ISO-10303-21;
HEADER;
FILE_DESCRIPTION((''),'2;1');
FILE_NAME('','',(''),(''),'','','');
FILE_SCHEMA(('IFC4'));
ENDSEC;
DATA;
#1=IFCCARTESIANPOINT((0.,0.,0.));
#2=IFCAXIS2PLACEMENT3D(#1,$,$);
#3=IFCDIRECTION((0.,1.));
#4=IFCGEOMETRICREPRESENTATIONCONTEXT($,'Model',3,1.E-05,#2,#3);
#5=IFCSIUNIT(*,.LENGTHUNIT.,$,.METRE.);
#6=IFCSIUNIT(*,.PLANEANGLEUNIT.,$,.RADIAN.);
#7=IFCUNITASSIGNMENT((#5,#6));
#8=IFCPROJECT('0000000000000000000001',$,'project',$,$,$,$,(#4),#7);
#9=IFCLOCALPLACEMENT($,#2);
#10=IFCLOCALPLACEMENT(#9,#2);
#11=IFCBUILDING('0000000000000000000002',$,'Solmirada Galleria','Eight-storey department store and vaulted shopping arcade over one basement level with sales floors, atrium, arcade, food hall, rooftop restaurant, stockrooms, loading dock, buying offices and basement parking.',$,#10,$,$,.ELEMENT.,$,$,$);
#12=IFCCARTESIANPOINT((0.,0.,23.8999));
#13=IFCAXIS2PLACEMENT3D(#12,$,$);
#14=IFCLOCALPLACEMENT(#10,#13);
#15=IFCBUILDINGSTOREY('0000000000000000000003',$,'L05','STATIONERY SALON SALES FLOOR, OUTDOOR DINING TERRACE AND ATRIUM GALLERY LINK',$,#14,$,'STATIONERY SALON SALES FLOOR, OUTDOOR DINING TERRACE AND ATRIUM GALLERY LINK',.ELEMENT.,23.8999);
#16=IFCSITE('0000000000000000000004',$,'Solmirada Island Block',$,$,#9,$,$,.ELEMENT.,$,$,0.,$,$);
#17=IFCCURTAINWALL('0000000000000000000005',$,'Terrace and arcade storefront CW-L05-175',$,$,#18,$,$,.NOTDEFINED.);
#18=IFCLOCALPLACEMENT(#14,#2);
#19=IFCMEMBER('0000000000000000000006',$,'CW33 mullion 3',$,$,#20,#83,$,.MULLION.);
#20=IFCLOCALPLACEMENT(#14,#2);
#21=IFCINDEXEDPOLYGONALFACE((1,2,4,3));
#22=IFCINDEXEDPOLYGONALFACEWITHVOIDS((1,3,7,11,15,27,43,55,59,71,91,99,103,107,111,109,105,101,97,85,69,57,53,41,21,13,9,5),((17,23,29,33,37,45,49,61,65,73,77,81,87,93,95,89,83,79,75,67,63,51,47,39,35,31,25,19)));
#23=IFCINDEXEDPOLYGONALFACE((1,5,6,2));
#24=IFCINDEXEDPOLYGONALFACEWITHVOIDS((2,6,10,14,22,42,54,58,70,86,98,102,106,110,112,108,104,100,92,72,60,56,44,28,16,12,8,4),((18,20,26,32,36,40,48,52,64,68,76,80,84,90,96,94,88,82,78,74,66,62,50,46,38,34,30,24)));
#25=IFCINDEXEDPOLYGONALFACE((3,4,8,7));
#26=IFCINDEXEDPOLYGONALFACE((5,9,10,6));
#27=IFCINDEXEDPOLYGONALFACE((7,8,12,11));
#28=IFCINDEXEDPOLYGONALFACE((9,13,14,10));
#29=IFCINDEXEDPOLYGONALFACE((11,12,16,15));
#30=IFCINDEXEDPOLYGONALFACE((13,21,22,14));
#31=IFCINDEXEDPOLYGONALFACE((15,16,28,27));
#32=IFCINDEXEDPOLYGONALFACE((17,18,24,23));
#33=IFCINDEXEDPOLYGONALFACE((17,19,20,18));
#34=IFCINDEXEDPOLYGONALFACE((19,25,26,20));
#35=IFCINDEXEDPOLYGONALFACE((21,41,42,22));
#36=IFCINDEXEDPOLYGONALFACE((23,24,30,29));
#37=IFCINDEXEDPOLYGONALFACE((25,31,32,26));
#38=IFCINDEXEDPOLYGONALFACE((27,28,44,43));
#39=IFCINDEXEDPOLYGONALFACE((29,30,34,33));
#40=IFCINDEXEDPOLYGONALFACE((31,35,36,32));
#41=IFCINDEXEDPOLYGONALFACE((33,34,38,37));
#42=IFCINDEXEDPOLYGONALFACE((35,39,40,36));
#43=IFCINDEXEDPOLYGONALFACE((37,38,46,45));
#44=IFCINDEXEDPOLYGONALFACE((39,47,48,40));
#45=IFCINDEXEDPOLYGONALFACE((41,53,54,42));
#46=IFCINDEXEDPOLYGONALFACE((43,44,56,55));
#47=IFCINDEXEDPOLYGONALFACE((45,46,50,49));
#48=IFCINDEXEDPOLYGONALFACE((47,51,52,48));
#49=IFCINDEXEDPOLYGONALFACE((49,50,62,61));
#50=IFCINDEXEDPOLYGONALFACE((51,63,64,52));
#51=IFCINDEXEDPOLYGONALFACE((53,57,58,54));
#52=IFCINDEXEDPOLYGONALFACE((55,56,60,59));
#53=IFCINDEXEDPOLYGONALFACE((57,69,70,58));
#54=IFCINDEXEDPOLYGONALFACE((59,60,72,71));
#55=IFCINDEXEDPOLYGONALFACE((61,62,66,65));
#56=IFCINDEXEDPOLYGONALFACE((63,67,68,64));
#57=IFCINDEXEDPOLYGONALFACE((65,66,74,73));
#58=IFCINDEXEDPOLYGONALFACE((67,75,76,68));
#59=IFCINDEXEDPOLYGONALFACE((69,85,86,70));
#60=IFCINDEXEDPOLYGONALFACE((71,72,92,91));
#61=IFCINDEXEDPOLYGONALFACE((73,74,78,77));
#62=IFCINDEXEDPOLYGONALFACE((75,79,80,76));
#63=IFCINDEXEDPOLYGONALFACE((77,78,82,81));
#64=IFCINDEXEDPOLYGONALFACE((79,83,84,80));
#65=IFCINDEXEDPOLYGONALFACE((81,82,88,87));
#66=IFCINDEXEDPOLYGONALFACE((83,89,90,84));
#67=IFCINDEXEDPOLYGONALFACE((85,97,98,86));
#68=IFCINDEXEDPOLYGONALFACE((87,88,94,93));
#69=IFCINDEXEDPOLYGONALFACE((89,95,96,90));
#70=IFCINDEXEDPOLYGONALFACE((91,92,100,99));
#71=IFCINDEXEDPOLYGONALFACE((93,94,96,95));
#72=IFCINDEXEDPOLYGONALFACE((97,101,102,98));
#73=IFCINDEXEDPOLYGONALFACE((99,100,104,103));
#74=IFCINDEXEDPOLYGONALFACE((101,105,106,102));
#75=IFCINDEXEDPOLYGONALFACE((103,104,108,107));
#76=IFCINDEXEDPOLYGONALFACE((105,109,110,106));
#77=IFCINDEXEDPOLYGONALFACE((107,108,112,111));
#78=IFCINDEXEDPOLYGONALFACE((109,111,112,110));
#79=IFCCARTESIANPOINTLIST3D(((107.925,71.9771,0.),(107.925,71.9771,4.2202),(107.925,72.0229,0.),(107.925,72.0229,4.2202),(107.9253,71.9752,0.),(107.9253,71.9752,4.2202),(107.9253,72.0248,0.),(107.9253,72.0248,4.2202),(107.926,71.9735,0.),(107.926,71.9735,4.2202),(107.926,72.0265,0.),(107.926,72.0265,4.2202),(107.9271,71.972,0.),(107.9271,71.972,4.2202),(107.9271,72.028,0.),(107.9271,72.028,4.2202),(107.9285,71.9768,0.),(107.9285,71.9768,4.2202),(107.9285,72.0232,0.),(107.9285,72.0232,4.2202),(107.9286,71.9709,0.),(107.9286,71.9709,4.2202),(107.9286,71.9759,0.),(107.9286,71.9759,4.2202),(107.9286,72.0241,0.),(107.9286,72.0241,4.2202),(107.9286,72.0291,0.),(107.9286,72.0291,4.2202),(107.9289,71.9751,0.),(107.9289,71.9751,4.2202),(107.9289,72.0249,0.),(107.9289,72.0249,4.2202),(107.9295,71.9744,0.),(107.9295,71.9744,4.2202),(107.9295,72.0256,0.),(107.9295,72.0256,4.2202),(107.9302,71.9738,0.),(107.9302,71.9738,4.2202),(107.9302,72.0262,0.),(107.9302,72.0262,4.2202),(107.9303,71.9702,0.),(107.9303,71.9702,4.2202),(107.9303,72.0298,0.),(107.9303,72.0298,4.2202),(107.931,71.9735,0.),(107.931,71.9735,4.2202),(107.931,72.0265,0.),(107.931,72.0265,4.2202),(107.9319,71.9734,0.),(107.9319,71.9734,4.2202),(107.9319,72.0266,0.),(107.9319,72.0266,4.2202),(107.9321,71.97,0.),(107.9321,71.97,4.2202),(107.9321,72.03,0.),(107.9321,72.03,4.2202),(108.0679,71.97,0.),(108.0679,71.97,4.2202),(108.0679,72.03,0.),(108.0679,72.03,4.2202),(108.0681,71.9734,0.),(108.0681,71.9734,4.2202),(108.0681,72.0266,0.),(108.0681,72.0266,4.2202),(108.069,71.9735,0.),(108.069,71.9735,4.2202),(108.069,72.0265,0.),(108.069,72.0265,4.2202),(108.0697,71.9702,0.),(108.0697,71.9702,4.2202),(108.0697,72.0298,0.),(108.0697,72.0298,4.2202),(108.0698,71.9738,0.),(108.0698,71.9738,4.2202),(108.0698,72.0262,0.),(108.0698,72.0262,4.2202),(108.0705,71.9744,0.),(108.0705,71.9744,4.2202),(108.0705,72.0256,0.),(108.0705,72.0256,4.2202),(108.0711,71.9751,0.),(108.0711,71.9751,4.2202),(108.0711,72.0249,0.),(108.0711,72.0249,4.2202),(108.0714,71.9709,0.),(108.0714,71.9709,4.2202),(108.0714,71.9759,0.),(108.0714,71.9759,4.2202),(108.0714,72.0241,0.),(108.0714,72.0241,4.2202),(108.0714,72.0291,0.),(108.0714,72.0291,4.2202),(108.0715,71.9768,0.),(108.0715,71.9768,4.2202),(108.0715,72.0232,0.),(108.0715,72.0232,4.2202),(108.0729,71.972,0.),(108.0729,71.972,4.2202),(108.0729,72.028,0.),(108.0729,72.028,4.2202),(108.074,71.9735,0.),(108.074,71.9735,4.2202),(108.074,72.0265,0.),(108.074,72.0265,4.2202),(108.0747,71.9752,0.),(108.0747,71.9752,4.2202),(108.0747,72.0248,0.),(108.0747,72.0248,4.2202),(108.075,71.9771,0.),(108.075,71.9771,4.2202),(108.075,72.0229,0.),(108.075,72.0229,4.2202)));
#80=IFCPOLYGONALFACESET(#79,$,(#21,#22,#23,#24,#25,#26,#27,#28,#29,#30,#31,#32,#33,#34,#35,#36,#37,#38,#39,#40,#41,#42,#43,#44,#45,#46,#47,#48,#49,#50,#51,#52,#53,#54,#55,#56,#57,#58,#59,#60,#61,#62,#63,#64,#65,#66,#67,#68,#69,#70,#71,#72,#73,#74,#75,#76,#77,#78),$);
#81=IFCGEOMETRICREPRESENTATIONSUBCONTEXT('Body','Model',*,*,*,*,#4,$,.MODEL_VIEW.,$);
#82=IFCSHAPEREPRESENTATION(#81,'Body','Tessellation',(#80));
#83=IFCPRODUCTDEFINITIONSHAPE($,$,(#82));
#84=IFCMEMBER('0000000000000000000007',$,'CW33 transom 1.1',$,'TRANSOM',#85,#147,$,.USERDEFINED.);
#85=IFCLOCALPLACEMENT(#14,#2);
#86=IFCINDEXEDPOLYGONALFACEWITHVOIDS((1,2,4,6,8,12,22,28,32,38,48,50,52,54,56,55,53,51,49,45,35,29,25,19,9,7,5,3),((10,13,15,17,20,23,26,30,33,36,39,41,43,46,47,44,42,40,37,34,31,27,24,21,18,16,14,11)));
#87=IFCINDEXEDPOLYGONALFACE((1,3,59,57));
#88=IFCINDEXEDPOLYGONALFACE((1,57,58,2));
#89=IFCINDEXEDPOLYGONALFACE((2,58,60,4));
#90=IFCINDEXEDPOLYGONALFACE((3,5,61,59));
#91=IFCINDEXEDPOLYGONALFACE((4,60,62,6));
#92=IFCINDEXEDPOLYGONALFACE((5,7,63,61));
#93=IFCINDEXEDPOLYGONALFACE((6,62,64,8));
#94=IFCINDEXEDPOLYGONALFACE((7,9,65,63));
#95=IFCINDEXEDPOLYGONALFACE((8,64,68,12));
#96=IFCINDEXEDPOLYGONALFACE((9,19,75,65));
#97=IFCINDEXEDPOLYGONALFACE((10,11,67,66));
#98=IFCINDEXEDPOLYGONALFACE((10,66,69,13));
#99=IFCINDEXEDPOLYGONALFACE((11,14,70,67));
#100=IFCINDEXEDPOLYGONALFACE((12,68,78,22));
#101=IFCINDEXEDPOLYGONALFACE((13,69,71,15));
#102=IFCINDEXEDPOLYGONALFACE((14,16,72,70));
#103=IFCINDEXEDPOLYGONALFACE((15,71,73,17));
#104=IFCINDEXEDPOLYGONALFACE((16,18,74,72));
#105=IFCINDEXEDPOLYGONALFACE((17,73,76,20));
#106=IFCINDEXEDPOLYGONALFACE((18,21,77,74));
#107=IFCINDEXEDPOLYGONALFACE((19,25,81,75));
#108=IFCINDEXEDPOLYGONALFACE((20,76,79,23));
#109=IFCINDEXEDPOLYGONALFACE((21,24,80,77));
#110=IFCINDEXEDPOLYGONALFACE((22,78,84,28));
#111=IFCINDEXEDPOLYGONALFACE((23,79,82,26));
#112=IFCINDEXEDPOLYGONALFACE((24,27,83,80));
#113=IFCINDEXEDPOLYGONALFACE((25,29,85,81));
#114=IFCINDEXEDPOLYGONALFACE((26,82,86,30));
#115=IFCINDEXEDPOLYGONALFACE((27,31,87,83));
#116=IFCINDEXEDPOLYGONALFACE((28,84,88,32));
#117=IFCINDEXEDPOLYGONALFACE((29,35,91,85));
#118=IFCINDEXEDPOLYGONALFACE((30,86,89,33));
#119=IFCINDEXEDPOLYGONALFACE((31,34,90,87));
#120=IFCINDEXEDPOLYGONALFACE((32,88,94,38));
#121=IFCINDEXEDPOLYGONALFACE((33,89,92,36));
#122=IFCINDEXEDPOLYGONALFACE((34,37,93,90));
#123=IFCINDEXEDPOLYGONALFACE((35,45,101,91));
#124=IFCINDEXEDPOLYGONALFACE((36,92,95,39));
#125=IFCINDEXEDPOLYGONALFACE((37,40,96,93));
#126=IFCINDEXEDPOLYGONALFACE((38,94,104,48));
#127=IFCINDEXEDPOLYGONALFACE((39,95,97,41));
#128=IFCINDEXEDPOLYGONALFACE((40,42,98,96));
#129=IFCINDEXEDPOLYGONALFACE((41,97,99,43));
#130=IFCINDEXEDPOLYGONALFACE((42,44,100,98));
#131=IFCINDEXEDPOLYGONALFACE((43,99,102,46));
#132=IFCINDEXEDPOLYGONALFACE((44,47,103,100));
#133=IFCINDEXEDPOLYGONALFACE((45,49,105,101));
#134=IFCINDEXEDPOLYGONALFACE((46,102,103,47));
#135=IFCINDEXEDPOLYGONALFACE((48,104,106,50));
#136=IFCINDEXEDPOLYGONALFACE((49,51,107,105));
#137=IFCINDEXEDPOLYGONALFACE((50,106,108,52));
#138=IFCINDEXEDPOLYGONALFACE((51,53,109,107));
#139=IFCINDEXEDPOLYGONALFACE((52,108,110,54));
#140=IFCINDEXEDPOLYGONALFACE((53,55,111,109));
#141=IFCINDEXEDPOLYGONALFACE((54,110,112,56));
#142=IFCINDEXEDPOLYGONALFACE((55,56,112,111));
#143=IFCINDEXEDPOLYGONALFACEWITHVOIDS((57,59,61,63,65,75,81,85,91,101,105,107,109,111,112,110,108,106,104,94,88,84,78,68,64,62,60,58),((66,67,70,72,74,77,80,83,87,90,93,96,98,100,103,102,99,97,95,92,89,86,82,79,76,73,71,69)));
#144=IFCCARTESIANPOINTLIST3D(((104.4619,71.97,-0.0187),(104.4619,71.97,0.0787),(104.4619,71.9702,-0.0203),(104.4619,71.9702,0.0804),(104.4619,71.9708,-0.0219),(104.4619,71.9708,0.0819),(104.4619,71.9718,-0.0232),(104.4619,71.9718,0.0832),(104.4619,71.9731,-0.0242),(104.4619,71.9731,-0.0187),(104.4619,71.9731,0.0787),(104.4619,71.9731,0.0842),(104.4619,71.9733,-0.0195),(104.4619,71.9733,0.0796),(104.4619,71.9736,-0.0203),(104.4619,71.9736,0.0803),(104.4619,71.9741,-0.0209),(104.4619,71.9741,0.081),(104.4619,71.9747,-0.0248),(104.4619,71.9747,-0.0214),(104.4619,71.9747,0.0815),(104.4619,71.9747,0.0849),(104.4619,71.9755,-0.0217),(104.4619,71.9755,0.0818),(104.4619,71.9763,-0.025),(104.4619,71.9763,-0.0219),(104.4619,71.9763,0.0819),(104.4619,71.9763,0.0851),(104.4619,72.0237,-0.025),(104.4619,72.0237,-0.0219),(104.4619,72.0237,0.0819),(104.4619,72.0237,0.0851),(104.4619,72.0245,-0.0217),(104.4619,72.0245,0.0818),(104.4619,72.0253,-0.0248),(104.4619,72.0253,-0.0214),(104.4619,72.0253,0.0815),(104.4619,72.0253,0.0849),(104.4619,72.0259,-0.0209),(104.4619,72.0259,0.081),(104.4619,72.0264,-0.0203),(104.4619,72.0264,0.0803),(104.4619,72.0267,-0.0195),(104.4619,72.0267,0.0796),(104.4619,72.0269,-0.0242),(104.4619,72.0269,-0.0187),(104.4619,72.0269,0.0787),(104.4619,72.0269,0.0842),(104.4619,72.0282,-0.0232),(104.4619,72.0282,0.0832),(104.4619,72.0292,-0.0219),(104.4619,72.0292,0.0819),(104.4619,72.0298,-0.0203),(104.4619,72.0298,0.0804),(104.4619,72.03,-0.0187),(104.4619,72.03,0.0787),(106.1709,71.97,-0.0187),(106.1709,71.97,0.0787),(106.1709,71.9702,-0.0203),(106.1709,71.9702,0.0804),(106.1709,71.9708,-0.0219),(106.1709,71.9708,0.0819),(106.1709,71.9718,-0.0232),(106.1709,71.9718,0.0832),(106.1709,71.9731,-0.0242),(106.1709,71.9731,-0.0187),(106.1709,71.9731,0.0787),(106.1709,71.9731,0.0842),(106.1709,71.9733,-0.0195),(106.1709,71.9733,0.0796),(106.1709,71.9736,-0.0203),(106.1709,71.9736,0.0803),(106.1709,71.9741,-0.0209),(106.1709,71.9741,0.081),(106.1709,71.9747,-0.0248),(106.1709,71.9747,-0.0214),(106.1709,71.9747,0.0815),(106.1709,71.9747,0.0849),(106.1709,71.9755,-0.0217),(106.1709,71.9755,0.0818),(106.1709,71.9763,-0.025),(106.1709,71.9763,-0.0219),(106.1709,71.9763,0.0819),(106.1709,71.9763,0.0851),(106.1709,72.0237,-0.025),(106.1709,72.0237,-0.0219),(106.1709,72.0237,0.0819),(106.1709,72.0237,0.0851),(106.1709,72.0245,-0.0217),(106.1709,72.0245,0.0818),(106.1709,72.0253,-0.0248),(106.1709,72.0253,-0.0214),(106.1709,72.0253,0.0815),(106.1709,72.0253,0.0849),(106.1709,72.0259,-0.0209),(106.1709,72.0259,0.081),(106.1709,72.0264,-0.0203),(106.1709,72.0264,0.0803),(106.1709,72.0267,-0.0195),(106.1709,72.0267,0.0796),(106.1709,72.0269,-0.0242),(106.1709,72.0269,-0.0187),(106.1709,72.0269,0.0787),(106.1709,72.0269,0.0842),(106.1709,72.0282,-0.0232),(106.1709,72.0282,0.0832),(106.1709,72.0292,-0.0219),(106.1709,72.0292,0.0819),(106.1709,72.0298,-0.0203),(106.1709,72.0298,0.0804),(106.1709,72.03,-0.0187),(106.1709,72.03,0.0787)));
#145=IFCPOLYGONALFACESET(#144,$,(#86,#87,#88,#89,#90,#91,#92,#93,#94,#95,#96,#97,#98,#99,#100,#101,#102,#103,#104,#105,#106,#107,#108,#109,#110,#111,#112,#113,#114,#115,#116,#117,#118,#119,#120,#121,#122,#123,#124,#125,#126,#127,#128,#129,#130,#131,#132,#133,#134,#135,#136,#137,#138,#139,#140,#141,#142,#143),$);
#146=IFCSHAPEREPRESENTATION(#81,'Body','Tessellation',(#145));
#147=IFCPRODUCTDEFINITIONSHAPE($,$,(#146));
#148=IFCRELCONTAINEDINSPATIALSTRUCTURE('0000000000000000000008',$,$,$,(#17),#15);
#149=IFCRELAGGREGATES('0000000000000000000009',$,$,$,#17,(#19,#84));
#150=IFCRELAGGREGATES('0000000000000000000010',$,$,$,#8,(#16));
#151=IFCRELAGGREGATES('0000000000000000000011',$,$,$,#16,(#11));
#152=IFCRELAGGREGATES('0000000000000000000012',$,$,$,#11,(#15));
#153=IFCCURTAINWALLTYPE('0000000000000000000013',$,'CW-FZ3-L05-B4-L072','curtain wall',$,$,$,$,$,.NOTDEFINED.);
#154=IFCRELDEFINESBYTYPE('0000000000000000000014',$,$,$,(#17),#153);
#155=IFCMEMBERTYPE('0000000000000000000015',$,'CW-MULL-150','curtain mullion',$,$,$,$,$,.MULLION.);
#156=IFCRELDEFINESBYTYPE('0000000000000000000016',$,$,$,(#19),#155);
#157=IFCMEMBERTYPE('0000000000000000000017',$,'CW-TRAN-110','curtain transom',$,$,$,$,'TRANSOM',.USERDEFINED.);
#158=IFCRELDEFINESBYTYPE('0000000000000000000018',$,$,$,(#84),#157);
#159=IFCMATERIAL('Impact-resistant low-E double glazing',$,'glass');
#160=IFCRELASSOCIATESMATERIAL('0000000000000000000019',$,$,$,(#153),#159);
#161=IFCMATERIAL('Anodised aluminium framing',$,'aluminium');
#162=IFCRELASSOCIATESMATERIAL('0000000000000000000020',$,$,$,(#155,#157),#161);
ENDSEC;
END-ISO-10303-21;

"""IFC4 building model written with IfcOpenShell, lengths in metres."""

from ifc_helpers import new_model, si_unit, direction, frame, origin, origin_2d, place, context, subcontext, project, spatial, hollow_rectangle, extrude, material, material_profile, profile_set, type_object, element, aggregate, save


model = new_model("IFC4")

# Units and contexts
model_context = context("Model", 3, precision=1e-05, world=origin(), true_north=direction((0.0, 1.0)))
body_context = subcontext(model_context, "Body", "Model", "MODEL_VIEW")
ifc_project = project(units=[si_unit("LENGTHUNIT", "METRE"), si_unit("PLANEANGLEUNIT", "RADIAN")], contexts=[model_context])

# Site, building, storey
site_placement = place(None, origin())
site = spatial("IfcSite", under=ifc_project, at=site_placement, Name="Solmirada Island Block", CompositionType="ELEMENT", RefElevation=0.0)
building_placement = place(site_placement, origin())
building = spatial("IfcBuilding", under=site, at=building_placement, Name="Solmirada Galleria", Description="Eight-storey department store and vaulted shopping arcade over one basement level with sales floors, atrium, arcade, food hall, rooftop restaurant, stockrooms, loading dock, buying offices and basement parking.", CompositionType="ELEMENT")
storey_placement = place(building_placement, frame((0.0, 0.0, 23.8999)))
storey = spatial("IfcBuildingStorey", under=building, at=storey_placement, Name="L05", Description="STATIONERY SALON SALES FLOOR, OUTDOOR DINING TERRACE AND ATRIUM GALLERY LINK", LongName="STATIONERY SALON SALES FLOOR, OUTDOOR DINING TERRACE AND ATRIUM GALLERY LINK", CompositionType="ELEMENT", Elevation=23.8999)

# Curtain wall, members
ifc_material_1 = material(Name="Impact-resistant low-E double glazing", Category="glass")
curtain_wall_type = type_object("IfcCurtainWallType", Name="CW-FZ3-L05-B4-L072", Description="curtain wall", PredefinedType="NOTDEFINED", material=ifc_material_1)
curtain_wall_placement = place(storey_placement, origin())
curtain_wall = element("IfcCurtainWall", 1, at=curtain_wall_placement, inside=storey, type_object=curtain_wall_type, Name="Terrace and arcade storefront CW-L05-175", PredefinedType="NOTDEFINED")
ifc_material_2 = material(Name="Anodised aluminium framing", Category="aluminium")
ifc_material_profile_1 = material_profile(ifc_material_2, hollow_rectangle(XDim=0.0601, YDim=0.1499, WallThickness=0.0034, InnerFilletRadius=0.0034, OuterFilletRadius=0.0071, at=origin_2d()), Name="ALU-MULL-150X60")
ifc_profile_set_1 = profile_set([ifc_material_profile_1], Name="Anodised aluminium framing")
member_type_1 = type_object("IfcMemberType", Name="CW-MULL-150", Description="curtain mullion", PredefinedType="MULLION", material=ifc_profile_set_1)
member_1_placement = place(storey_placement, frame((108.0, 72.0, 0.0), z_axis=(0.0, 0.0, 1.0), x_axis=(0.0, 1.0, 0.0)))
member_1 = element("IfcMember", 2, at=member_1_placement, type_object=member_type_1, Name="CW33 mullion 3", PredefinedType="MULLION", context=body_context, shape_type="SweptSolid", body=[
    extrude(hollow_rectangle(XDim=0.0601, YDim=0.1499, WallThickness=0.0034, InnerFilletRadius=0.0034, OuterFilletRadius=0.0071, at=origin_2d()), origin(), (0.0, 0.0, 1.0), 4.2202),
])
ifc_material_profile_2 = material_profile(ifc_material_2, hollow_rectangle(XDim=0.0601, YDim=0.1101, WallThickness=0.0032, InnerFilletRadius=0.0032, OuterFilletRadius=0.0063, at=origin_2d()), Name="ALU-TRAN-110X60")
ifc_profile_set_2 = profile_set([ifc_material_profile_2], Name="Anodised aluminium framing")
member_type_2 = type_object("IfcMemberType", Name="CW-TRAN-110", Description="curtain transom", ElementType="TRANSOM", PredefinedType="USERDEFINED", material=ifc_profile_set_2)
member_2_placement = place(storey_placement, frame((104.4619, 72.0, 0.03), z_axis=(1.0, 0.0, 0.0), x_axis=(0.0, 1.0, 0.0)))
member_2 = element("IfcMember", 3, at=member_2_placement, type_object=member_type_2, Name="CW33 transom 1.1", ObjectType="TRANSOM", PredefinedType="USERDEFINED", context=body_context, shape_type="SweptSolid", body=[
    extrude(hollow_rectangle(XDim=0.0601, YDim=0.1101, WallThickness=0.0032, InnerFilletRadius=0.0032, OuterFilletRadius=0.0063, at=origin_2d()), origin(), (0.0, 0.0, 1.0), 1.709),
])
aggregate(curtain_wall, [member_1, member_2])

save(model, "model.ifc")
